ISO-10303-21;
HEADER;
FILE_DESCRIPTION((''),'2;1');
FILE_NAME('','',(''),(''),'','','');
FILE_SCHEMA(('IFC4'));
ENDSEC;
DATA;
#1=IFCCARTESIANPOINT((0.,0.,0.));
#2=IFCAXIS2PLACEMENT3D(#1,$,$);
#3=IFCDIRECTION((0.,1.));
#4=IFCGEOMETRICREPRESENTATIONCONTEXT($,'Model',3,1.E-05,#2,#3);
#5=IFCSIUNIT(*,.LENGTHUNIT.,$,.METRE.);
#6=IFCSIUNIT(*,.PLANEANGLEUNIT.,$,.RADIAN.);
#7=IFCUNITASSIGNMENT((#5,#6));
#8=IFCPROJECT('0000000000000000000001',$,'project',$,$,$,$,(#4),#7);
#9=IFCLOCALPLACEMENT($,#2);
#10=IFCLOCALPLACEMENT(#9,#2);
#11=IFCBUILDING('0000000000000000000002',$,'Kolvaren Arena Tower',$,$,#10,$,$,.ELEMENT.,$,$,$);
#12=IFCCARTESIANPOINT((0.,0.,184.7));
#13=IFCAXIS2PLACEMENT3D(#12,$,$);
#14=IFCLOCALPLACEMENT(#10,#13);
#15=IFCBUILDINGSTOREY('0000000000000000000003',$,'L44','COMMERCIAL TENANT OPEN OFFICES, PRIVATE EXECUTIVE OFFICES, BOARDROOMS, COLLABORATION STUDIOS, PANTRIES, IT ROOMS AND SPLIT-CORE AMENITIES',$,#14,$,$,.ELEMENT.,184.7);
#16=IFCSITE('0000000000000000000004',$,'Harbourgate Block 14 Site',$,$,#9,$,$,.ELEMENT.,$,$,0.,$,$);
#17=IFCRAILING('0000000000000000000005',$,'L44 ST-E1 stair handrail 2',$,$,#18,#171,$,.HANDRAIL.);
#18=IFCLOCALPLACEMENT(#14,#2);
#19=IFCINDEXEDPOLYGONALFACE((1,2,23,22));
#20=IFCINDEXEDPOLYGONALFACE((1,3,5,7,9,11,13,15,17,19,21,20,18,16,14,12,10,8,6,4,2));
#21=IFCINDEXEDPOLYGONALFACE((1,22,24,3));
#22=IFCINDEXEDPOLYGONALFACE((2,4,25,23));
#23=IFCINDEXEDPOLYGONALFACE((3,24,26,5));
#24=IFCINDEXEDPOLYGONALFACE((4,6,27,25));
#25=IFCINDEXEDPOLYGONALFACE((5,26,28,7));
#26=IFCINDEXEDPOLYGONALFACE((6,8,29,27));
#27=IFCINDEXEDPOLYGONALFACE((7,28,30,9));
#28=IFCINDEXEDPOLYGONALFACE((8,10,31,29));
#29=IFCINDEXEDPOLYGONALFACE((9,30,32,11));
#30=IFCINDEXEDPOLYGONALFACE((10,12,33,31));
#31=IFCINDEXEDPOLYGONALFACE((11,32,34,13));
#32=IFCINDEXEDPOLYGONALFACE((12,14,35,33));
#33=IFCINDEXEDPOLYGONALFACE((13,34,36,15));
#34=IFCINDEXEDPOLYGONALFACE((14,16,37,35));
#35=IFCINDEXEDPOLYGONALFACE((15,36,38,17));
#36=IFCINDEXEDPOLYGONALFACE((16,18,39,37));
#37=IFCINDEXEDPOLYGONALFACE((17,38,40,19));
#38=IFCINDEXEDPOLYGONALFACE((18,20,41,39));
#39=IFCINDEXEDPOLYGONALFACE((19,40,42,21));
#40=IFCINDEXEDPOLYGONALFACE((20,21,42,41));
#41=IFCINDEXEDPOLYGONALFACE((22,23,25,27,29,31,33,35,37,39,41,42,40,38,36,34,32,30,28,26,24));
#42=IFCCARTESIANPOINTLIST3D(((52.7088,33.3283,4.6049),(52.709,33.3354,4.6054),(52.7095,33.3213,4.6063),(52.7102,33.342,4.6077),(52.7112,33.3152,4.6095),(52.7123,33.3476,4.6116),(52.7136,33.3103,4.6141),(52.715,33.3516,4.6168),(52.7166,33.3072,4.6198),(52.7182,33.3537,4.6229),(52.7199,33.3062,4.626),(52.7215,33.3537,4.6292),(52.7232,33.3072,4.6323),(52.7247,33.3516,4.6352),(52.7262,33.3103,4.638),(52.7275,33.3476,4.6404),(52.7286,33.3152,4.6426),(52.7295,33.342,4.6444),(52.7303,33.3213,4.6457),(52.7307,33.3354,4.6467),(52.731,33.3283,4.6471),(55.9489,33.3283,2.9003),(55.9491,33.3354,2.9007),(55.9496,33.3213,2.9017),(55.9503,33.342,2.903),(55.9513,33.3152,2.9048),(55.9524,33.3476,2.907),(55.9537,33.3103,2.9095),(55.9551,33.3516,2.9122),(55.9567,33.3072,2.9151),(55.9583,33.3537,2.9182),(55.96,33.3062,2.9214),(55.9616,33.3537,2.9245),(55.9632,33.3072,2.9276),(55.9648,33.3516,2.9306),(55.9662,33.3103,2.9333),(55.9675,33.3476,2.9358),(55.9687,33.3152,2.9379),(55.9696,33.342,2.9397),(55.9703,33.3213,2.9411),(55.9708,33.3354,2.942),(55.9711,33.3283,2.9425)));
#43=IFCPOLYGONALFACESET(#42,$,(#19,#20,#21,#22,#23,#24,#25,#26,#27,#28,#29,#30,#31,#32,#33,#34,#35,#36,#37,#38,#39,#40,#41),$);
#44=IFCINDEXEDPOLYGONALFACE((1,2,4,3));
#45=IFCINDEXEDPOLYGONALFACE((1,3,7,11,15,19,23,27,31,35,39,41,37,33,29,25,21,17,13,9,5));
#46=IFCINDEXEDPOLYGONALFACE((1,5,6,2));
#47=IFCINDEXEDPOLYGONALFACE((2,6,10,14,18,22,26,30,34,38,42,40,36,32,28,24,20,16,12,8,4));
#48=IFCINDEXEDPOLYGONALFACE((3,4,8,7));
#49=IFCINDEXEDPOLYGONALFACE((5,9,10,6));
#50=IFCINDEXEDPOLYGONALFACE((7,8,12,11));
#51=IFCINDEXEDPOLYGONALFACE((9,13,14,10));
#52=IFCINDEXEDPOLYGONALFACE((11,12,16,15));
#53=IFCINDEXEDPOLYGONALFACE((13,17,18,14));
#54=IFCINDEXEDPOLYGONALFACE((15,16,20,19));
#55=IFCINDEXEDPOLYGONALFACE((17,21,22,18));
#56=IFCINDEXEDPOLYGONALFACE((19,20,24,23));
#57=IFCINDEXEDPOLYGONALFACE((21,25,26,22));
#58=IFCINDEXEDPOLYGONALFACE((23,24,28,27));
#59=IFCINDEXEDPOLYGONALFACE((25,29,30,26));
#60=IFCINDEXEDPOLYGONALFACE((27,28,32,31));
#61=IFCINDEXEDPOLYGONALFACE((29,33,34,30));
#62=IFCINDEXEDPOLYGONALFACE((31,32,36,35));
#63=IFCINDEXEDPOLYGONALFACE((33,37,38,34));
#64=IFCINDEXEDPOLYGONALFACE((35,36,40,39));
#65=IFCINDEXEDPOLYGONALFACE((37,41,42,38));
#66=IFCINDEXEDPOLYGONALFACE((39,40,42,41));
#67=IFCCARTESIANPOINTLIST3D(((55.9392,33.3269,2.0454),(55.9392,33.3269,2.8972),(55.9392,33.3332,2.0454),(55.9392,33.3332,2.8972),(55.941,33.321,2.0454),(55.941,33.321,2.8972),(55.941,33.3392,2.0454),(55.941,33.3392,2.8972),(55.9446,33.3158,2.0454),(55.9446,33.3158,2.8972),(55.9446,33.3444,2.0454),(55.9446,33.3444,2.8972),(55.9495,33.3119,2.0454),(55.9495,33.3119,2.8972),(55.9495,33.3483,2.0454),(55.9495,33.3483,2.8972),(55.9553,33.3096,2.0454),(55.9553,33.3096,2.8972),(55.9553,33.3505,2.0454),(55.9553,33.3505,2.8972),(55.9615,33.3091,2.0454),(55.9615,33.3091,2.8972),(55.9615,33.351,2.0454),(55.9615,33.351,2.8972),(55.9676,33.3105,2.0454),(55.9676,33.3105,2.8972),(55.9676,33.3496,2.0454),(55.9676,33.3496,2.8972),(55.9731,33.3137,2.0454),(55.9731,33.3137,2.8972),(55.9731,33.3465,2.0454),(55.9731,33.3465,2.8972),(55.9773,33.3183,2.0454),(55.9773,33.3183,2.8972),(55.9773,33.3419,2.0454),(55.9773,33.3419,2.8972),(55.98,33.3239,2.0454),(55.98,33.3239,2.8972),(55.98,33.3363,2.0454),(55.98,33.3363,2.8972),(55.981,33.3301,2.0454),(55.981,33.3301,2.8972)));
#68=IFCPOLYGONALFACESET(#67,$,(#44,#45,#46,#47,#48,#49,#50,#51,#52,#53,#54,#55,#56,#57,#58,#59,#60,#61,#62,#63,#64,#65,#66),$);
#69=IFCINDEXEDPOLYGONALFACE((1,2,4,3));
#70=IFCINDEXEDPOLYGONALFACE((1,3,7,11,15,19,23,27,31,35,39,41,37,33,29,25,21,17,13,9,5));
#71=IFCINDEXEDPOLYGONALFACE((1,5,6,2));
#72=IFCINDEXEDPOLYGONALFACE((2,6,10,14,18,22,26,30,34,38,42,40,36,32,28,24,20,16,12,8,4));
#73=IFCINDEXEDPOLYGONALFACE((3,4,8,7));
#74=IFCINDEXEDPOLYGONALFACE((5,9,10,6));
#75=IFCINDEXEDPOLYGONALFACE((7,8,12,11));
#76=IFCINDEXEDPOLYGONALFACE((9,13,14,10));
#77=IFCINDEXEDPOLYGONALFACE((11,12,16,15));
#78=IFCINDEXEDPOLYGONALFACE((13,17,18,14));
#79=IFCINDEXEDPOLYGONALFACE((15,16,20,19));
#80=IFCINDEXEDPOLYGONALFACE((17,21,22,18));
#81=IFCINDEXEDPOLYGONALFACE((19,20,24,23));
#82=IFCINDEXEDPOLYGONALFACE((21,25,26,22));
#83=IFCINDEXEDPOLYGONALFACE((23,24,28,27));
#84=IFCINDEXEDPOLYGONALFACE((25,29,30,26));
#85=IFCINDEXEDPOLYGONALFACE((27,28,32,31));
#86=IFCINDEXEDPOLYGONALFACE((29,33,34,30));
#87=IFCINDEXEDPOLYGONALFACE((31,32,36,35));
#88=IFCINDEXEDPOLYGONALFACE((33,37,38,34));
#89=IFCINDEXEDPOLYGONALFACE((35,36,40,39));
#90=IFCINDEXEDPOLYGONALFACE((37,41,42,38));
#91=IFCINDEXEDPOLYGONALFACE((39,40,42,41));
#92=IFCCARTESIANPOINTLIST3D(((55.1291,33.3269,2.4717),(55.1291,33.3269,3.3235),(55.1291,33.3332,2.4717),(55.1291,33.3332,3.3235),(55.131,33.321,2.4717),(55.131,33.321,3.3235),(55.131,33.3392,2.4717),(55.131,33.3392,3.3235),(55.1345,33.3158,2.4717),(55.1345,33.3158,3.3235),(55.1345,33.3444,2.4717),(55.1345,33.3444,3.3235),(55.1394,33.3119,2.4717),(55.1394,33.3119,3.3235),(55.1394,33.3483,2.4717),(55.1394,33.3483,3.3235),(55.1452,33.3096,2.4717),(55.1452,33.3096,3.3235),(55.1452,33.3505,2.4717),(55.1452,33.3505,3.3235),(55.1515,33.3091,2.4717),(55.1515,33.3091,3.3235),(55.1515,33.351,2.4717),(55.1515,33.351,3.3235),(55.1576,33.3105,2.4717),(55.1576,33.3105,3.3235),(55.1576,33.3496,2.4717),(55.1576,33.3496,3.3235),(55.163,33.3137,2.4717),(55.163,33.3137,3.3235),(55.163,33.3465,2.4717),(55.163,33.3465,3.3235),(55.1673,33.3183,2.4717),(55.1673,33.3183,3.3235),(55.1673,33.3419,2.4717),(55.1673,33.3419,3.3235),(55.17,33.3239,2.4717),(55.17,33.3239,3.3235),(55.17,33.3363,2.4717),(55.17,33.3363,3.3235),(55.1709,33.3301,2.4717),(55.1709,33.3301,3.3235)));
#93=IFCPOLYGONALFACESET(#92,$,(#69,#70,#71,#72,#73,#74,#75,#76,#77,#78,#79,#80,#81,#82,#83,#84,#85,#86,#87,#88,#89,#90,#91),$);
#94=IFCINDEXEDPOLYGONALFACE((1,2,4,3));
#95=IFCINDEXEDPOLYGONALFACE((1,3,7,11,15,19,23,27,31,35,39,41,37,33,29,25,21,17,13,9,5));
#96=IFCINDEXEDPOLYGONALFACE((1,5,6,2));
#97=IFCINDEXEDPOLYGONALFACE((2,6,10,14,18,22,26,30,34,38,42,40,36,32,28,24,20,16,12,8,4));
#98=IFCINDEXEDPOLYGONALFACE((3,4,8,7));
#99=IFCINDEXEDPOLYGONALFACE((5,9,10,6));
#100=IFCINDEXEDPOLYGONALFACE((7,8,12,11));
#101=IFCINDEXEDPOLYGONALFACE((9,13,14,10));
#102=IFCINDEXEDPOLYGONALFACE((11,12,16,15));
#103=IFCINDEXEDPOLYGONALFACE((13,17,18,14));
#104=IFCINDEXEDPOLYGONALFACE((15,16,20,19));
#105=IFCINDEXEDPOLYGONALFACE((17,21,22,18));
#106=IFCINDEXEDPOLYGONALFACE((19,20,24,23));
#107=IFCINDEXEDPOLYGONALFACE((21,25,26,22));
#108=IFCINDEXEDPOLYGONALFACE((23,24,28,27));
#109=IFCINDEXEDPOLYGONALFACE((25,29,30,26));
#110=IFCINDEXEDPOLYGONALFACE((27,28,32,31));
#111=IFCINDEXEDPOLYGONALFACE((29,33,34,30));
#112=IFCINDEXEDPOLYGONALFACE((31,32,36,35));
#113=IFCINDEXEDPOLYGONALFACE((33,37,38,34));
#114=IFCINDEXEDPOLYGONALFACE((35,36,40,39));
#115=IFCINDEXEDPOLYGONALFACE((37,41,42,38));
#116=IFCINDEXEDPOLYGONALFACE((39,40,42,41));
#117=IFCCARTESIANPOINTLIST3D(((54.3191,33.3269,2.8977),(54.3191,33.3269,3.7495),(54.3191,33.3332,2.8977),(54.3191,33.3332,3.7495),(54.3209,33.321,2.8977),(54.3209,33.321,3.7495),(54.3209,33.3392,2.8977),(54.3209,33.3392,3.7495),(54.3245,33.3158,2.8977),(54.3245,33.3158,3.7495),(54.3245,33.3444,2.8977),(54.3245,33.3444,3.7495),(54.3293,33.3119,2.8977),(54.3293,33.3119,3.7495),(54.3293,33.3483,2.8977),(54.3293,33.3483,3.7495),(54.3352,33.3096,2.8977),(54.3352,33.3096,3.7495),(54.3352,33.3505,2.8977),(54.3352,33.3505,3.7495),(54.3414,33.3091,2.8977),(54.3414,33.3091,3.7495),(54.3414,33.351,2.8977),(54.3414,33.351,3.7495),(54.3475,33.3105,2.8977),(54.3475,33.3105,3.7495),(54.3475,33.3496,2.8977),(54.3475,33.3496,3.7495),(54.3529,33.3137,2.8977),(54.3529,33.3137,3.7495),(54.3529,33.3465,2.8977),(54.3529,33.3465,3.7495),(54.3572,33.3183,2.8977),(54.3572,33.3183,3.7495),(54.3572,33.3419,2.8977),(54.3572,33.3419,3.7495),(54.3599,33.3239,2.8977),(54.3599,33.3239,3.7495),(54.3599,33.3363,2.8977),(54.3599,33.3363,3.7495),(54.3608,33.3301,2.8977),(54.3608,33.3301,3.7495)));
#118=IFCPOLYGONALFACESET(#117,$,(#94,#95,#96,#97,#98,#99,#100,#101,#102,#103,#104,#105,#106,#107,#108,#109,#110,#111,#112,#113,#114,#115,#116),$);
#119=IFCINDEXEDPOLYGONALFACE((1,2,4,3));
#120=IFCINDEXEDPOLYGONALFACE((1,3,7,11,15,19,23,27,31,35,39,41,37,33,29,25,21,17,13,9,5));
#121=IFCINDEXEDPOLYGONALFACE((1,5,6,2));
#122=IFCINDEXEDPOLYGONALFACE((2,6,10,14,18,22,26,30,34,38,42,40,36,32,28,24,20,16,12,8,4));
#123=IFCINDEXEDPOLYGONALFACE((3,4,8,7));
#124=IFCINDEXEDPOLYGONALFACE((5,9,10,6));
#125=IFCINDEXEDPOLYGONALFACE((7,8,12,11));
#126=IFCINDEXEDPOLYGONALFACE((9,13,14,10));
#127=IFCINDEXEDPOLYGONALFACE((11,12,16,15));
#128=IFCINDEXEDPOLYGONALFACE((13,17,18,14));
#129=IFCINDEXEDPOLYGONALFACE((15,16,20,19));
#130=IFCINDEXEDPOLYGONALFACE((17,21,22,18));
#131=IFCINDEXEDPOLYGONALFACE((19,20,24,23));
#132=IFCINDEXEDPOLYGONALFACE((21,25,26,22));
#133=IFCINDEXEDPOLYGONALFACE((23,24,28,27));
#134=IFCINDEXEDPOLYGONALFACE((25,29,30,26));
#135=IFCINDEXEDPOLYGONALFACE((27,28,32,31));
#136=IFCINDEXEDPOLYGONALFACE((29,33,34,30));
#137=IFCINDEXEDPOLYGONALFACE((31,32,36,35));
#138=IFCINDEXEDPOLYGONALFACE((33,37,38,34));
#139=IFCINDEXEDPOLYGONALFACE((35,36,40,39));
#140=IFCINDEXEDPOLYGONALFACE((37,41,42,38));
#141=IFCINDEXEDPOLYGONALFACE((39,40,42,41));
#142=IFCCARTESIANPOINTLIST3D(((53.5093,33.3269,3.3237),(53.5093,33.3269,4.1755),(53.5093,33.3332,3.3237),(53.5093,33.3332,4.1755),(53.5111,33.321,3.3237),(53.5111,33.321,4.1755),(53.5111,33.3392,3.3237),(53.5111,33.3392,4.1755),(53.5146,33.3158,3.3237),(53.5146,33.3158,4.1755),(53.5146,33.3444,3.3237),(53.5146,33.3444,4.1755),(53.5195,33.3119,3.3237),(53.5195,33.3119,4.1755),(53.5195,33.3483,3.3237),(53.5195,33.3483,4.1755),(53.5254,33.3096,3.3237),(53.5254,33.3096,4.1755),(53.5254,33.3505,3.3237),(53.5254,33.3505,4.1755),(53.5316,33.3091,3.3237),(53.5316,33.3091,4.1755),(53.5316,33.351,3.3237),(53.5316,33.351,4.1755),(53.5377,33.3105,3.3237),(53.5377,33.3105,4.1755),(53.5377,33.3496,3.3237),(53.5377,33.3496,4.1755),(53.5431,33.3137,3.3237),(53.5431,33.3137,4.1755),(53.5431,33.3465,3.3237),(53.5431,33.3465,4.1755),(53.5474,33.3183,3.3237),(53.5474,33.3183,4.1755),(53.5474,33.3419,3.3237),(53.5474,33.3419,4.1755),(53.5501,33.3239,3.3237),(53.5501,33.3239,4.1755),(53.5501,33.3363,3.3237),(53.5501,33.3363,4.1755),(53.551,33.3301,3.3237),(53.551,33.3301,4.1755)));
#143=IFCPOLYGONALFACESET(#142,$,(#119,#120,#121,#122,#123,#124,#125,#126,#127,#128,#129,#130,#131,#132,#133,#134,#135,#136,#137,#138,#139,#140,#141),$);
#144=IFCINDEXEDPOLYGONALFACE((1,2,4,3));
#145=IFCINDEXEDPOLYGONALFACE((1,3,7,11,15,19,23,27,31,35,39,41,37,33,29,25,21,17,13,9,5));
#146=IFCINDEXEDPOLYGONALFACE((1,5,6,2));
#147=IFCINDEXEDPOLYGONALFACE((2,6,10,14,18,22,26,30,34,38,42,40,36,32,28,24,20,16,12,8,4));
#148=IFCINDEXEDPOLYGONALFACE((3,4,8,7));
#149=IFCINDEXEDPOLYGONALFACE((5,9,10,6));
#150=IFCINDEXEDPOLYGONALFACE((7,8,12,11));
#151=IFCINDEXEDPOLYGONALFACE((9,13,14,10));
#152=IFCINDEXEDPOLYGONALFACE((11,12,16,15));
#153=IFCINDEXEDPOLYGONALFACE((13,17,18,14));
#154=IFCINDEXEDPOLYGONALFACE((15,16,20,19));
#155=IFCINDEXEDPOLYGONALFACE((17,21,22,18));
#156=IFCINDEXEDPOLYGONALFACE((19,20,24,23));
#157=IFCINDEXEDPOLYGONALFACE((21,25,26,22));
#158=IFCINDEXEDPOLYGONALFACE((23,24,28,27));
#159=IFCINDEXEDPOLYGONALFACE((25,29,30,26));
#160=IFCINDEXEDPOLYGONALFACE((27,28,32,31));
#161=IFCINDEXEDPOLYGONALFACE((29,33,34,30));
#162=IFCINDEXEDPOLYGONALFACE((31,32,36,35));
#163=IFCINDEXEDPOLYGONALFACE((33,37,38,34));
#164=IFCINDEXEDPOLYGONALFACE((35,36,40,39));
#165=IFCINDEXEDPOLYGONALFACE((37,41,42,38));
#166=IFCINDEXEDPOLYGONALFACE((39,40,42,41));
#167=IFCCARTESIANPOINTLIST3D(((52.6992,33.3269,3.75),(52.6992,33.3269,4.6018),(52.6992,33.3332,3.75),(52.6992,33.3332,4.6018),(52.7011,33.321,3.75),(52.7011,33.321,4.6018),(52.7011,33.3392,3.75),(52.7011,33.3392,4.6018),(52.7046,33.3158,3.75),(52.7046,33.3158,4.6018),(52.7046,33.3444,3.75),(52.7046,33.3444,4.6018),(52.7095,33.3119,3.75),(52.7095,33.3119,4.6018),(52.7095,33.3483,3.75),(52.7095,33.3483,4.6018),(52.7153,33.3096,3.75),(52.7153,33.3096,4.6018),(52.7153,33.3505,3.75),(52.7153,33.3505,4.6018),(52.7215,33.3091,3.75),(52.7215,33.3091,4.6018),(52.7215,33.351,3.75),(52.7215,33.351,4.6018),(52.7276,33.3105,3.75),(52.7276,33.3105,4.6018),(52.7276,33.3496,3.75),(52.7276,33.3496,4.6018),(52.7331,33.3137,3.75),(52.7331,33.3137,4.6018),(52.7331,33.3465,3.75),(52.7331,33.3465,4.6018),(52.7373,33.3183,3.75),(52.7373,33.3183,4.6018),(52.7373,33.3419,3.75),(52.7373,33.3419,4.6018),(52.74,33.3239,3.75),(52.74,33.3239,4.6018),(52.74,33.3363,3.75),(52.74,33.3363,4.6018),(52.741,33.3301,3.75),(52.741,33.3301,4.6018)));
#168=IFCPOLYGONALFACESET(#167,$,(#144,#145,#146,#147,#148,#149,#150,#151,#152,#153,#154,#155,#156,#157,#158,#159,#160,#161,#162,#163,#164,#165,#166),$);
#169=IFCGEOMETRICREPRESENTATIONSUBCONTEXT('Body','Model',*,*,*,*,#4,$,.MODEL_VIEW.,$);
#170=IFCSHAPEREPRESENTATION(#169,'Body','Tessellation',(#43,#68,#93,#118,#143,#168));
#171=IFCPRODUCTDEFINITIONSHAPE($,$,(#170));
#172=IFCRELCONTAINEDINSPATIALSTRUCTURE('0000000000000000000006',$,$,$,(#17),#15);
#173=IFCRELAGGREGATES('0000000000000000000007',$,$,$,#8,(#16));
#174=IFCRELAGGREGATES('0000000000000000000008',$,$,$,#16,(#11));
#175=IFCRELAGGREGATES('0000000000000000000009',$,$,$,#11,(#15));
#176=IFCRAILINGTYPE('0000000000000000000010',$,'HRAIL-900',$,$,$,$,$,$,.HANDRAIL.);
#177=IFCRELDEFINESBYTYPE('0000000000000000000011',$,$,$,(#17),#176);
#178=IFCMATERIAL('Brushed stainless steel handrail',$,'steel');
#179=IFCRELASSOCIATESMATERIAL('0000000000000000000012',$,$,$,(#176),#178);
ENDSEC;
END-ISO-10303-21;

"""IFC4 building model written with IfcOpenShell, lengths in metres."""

from ifc_helpers import new_model, si_unit, direction, frame, origin, origin_2d, place, context, subcontext, project, spatial, circle, extrude, material, type_object, element, save


model = new_model("IFC4")

# Units and contexts
model_context = context("Model", 3, precision=1e-05, world=origin(), true_north=direction((0.0, 1.0)))
body_context = subcontext(model_context, "Body", "Model", "MODEL_VIEW")
ifc_project = project(units=[si_unit("LENGTHUNIT", "METRE"), si_unit("PLANEANGLEUNIT", "RADIAN")], contexts=[model_context])

# Site, building, storey
site_placement = place(None, origin())
site = spatial("IfcSite", under=ifc_project, at=site_placement, Name="Harbourgate Block 14 Site", CompositionType="ELEMENT", RefElevation=0.0)
building_placement = place(site_placement, origin())
building = spatial("IfcBuilding", under=site, at=building_placement, Name="Kolvaren Arena Tower", CompositionType="ELEMENT")
storey_placement = place(building_placement, frame((0.0, 0.0, 184.7)))
storey = spatial("IfcBuildingStorey", under=building, at=storey_placement, Name="L44", Description="COMMERCIAL TENANT OPEN OFFICES, PRIVATE EXECUTIVE OFFICES, BOARDROOMS, COLLABORATION STUDIOS, PANTRIES, IT ROOMS AND SPLIT-CORE AMENITIES", CompositionType="ELEMENT", Elevation=184.7)

# Railing
ifc_material_1 = material(Name="Brushed stainless steel handrail", Category="steel")
railing_type_1 = type_object("IfcRailingType", Name="HRAIL-900", PredefinedType="HANDRAIL", material=ifc_material_1)
railing_1_placement = place(storey_placement, frame((55.96, 33.3301, 2.0454)))
element("IfcRailing", 1, at=railing_1_placement, inside=storey, type_object=railing_type_1, Name="L44 ST-E1 stair handrail 2", PredefinedType="HANDRAIL", context=body_context, shape_type="SweptSolid", body=[
    extrude(circle(Radius=0.0239, at=origin_2d()), frame((0.0, 0.0, 0.876), z_axis=(-0.884993, 0.0, 0.465604), x_axis=(0.0, -1.0, 0.0)), (0.0, 0.0, 1.0), 3.6611),
    extrude(circle(Radius=0.021, at=origin_2d()), origin(), (0.0, 0.0, 1.0), 0.8518),
    extrude(circle(Radius=0.021, at=origin_2d()), frame((-0.8101, 0.0, 0.4263)), (0.0, 0.0, 1.0), 0.8518),
    extrude(circle(Radius=0.021, at=origin_2d()), frame((-1.6201, 0.0, 0.8523)), (0.0, 0.0, 1.0), 0.8518),
    extrude(circle(Radius=0.021, at=origin_2d()), frame((-2.4299, 0.0, 1.2783)), (0.0, 0.0, 1.0), 0.8518),
    extrude(circle(Radius=0.021, at=origin_2d()), frame((-3.24, 0.0, 1.7046)), (0.0, 0.0, 1.0), 0.8518),
])

save(model, "model.ifc")
